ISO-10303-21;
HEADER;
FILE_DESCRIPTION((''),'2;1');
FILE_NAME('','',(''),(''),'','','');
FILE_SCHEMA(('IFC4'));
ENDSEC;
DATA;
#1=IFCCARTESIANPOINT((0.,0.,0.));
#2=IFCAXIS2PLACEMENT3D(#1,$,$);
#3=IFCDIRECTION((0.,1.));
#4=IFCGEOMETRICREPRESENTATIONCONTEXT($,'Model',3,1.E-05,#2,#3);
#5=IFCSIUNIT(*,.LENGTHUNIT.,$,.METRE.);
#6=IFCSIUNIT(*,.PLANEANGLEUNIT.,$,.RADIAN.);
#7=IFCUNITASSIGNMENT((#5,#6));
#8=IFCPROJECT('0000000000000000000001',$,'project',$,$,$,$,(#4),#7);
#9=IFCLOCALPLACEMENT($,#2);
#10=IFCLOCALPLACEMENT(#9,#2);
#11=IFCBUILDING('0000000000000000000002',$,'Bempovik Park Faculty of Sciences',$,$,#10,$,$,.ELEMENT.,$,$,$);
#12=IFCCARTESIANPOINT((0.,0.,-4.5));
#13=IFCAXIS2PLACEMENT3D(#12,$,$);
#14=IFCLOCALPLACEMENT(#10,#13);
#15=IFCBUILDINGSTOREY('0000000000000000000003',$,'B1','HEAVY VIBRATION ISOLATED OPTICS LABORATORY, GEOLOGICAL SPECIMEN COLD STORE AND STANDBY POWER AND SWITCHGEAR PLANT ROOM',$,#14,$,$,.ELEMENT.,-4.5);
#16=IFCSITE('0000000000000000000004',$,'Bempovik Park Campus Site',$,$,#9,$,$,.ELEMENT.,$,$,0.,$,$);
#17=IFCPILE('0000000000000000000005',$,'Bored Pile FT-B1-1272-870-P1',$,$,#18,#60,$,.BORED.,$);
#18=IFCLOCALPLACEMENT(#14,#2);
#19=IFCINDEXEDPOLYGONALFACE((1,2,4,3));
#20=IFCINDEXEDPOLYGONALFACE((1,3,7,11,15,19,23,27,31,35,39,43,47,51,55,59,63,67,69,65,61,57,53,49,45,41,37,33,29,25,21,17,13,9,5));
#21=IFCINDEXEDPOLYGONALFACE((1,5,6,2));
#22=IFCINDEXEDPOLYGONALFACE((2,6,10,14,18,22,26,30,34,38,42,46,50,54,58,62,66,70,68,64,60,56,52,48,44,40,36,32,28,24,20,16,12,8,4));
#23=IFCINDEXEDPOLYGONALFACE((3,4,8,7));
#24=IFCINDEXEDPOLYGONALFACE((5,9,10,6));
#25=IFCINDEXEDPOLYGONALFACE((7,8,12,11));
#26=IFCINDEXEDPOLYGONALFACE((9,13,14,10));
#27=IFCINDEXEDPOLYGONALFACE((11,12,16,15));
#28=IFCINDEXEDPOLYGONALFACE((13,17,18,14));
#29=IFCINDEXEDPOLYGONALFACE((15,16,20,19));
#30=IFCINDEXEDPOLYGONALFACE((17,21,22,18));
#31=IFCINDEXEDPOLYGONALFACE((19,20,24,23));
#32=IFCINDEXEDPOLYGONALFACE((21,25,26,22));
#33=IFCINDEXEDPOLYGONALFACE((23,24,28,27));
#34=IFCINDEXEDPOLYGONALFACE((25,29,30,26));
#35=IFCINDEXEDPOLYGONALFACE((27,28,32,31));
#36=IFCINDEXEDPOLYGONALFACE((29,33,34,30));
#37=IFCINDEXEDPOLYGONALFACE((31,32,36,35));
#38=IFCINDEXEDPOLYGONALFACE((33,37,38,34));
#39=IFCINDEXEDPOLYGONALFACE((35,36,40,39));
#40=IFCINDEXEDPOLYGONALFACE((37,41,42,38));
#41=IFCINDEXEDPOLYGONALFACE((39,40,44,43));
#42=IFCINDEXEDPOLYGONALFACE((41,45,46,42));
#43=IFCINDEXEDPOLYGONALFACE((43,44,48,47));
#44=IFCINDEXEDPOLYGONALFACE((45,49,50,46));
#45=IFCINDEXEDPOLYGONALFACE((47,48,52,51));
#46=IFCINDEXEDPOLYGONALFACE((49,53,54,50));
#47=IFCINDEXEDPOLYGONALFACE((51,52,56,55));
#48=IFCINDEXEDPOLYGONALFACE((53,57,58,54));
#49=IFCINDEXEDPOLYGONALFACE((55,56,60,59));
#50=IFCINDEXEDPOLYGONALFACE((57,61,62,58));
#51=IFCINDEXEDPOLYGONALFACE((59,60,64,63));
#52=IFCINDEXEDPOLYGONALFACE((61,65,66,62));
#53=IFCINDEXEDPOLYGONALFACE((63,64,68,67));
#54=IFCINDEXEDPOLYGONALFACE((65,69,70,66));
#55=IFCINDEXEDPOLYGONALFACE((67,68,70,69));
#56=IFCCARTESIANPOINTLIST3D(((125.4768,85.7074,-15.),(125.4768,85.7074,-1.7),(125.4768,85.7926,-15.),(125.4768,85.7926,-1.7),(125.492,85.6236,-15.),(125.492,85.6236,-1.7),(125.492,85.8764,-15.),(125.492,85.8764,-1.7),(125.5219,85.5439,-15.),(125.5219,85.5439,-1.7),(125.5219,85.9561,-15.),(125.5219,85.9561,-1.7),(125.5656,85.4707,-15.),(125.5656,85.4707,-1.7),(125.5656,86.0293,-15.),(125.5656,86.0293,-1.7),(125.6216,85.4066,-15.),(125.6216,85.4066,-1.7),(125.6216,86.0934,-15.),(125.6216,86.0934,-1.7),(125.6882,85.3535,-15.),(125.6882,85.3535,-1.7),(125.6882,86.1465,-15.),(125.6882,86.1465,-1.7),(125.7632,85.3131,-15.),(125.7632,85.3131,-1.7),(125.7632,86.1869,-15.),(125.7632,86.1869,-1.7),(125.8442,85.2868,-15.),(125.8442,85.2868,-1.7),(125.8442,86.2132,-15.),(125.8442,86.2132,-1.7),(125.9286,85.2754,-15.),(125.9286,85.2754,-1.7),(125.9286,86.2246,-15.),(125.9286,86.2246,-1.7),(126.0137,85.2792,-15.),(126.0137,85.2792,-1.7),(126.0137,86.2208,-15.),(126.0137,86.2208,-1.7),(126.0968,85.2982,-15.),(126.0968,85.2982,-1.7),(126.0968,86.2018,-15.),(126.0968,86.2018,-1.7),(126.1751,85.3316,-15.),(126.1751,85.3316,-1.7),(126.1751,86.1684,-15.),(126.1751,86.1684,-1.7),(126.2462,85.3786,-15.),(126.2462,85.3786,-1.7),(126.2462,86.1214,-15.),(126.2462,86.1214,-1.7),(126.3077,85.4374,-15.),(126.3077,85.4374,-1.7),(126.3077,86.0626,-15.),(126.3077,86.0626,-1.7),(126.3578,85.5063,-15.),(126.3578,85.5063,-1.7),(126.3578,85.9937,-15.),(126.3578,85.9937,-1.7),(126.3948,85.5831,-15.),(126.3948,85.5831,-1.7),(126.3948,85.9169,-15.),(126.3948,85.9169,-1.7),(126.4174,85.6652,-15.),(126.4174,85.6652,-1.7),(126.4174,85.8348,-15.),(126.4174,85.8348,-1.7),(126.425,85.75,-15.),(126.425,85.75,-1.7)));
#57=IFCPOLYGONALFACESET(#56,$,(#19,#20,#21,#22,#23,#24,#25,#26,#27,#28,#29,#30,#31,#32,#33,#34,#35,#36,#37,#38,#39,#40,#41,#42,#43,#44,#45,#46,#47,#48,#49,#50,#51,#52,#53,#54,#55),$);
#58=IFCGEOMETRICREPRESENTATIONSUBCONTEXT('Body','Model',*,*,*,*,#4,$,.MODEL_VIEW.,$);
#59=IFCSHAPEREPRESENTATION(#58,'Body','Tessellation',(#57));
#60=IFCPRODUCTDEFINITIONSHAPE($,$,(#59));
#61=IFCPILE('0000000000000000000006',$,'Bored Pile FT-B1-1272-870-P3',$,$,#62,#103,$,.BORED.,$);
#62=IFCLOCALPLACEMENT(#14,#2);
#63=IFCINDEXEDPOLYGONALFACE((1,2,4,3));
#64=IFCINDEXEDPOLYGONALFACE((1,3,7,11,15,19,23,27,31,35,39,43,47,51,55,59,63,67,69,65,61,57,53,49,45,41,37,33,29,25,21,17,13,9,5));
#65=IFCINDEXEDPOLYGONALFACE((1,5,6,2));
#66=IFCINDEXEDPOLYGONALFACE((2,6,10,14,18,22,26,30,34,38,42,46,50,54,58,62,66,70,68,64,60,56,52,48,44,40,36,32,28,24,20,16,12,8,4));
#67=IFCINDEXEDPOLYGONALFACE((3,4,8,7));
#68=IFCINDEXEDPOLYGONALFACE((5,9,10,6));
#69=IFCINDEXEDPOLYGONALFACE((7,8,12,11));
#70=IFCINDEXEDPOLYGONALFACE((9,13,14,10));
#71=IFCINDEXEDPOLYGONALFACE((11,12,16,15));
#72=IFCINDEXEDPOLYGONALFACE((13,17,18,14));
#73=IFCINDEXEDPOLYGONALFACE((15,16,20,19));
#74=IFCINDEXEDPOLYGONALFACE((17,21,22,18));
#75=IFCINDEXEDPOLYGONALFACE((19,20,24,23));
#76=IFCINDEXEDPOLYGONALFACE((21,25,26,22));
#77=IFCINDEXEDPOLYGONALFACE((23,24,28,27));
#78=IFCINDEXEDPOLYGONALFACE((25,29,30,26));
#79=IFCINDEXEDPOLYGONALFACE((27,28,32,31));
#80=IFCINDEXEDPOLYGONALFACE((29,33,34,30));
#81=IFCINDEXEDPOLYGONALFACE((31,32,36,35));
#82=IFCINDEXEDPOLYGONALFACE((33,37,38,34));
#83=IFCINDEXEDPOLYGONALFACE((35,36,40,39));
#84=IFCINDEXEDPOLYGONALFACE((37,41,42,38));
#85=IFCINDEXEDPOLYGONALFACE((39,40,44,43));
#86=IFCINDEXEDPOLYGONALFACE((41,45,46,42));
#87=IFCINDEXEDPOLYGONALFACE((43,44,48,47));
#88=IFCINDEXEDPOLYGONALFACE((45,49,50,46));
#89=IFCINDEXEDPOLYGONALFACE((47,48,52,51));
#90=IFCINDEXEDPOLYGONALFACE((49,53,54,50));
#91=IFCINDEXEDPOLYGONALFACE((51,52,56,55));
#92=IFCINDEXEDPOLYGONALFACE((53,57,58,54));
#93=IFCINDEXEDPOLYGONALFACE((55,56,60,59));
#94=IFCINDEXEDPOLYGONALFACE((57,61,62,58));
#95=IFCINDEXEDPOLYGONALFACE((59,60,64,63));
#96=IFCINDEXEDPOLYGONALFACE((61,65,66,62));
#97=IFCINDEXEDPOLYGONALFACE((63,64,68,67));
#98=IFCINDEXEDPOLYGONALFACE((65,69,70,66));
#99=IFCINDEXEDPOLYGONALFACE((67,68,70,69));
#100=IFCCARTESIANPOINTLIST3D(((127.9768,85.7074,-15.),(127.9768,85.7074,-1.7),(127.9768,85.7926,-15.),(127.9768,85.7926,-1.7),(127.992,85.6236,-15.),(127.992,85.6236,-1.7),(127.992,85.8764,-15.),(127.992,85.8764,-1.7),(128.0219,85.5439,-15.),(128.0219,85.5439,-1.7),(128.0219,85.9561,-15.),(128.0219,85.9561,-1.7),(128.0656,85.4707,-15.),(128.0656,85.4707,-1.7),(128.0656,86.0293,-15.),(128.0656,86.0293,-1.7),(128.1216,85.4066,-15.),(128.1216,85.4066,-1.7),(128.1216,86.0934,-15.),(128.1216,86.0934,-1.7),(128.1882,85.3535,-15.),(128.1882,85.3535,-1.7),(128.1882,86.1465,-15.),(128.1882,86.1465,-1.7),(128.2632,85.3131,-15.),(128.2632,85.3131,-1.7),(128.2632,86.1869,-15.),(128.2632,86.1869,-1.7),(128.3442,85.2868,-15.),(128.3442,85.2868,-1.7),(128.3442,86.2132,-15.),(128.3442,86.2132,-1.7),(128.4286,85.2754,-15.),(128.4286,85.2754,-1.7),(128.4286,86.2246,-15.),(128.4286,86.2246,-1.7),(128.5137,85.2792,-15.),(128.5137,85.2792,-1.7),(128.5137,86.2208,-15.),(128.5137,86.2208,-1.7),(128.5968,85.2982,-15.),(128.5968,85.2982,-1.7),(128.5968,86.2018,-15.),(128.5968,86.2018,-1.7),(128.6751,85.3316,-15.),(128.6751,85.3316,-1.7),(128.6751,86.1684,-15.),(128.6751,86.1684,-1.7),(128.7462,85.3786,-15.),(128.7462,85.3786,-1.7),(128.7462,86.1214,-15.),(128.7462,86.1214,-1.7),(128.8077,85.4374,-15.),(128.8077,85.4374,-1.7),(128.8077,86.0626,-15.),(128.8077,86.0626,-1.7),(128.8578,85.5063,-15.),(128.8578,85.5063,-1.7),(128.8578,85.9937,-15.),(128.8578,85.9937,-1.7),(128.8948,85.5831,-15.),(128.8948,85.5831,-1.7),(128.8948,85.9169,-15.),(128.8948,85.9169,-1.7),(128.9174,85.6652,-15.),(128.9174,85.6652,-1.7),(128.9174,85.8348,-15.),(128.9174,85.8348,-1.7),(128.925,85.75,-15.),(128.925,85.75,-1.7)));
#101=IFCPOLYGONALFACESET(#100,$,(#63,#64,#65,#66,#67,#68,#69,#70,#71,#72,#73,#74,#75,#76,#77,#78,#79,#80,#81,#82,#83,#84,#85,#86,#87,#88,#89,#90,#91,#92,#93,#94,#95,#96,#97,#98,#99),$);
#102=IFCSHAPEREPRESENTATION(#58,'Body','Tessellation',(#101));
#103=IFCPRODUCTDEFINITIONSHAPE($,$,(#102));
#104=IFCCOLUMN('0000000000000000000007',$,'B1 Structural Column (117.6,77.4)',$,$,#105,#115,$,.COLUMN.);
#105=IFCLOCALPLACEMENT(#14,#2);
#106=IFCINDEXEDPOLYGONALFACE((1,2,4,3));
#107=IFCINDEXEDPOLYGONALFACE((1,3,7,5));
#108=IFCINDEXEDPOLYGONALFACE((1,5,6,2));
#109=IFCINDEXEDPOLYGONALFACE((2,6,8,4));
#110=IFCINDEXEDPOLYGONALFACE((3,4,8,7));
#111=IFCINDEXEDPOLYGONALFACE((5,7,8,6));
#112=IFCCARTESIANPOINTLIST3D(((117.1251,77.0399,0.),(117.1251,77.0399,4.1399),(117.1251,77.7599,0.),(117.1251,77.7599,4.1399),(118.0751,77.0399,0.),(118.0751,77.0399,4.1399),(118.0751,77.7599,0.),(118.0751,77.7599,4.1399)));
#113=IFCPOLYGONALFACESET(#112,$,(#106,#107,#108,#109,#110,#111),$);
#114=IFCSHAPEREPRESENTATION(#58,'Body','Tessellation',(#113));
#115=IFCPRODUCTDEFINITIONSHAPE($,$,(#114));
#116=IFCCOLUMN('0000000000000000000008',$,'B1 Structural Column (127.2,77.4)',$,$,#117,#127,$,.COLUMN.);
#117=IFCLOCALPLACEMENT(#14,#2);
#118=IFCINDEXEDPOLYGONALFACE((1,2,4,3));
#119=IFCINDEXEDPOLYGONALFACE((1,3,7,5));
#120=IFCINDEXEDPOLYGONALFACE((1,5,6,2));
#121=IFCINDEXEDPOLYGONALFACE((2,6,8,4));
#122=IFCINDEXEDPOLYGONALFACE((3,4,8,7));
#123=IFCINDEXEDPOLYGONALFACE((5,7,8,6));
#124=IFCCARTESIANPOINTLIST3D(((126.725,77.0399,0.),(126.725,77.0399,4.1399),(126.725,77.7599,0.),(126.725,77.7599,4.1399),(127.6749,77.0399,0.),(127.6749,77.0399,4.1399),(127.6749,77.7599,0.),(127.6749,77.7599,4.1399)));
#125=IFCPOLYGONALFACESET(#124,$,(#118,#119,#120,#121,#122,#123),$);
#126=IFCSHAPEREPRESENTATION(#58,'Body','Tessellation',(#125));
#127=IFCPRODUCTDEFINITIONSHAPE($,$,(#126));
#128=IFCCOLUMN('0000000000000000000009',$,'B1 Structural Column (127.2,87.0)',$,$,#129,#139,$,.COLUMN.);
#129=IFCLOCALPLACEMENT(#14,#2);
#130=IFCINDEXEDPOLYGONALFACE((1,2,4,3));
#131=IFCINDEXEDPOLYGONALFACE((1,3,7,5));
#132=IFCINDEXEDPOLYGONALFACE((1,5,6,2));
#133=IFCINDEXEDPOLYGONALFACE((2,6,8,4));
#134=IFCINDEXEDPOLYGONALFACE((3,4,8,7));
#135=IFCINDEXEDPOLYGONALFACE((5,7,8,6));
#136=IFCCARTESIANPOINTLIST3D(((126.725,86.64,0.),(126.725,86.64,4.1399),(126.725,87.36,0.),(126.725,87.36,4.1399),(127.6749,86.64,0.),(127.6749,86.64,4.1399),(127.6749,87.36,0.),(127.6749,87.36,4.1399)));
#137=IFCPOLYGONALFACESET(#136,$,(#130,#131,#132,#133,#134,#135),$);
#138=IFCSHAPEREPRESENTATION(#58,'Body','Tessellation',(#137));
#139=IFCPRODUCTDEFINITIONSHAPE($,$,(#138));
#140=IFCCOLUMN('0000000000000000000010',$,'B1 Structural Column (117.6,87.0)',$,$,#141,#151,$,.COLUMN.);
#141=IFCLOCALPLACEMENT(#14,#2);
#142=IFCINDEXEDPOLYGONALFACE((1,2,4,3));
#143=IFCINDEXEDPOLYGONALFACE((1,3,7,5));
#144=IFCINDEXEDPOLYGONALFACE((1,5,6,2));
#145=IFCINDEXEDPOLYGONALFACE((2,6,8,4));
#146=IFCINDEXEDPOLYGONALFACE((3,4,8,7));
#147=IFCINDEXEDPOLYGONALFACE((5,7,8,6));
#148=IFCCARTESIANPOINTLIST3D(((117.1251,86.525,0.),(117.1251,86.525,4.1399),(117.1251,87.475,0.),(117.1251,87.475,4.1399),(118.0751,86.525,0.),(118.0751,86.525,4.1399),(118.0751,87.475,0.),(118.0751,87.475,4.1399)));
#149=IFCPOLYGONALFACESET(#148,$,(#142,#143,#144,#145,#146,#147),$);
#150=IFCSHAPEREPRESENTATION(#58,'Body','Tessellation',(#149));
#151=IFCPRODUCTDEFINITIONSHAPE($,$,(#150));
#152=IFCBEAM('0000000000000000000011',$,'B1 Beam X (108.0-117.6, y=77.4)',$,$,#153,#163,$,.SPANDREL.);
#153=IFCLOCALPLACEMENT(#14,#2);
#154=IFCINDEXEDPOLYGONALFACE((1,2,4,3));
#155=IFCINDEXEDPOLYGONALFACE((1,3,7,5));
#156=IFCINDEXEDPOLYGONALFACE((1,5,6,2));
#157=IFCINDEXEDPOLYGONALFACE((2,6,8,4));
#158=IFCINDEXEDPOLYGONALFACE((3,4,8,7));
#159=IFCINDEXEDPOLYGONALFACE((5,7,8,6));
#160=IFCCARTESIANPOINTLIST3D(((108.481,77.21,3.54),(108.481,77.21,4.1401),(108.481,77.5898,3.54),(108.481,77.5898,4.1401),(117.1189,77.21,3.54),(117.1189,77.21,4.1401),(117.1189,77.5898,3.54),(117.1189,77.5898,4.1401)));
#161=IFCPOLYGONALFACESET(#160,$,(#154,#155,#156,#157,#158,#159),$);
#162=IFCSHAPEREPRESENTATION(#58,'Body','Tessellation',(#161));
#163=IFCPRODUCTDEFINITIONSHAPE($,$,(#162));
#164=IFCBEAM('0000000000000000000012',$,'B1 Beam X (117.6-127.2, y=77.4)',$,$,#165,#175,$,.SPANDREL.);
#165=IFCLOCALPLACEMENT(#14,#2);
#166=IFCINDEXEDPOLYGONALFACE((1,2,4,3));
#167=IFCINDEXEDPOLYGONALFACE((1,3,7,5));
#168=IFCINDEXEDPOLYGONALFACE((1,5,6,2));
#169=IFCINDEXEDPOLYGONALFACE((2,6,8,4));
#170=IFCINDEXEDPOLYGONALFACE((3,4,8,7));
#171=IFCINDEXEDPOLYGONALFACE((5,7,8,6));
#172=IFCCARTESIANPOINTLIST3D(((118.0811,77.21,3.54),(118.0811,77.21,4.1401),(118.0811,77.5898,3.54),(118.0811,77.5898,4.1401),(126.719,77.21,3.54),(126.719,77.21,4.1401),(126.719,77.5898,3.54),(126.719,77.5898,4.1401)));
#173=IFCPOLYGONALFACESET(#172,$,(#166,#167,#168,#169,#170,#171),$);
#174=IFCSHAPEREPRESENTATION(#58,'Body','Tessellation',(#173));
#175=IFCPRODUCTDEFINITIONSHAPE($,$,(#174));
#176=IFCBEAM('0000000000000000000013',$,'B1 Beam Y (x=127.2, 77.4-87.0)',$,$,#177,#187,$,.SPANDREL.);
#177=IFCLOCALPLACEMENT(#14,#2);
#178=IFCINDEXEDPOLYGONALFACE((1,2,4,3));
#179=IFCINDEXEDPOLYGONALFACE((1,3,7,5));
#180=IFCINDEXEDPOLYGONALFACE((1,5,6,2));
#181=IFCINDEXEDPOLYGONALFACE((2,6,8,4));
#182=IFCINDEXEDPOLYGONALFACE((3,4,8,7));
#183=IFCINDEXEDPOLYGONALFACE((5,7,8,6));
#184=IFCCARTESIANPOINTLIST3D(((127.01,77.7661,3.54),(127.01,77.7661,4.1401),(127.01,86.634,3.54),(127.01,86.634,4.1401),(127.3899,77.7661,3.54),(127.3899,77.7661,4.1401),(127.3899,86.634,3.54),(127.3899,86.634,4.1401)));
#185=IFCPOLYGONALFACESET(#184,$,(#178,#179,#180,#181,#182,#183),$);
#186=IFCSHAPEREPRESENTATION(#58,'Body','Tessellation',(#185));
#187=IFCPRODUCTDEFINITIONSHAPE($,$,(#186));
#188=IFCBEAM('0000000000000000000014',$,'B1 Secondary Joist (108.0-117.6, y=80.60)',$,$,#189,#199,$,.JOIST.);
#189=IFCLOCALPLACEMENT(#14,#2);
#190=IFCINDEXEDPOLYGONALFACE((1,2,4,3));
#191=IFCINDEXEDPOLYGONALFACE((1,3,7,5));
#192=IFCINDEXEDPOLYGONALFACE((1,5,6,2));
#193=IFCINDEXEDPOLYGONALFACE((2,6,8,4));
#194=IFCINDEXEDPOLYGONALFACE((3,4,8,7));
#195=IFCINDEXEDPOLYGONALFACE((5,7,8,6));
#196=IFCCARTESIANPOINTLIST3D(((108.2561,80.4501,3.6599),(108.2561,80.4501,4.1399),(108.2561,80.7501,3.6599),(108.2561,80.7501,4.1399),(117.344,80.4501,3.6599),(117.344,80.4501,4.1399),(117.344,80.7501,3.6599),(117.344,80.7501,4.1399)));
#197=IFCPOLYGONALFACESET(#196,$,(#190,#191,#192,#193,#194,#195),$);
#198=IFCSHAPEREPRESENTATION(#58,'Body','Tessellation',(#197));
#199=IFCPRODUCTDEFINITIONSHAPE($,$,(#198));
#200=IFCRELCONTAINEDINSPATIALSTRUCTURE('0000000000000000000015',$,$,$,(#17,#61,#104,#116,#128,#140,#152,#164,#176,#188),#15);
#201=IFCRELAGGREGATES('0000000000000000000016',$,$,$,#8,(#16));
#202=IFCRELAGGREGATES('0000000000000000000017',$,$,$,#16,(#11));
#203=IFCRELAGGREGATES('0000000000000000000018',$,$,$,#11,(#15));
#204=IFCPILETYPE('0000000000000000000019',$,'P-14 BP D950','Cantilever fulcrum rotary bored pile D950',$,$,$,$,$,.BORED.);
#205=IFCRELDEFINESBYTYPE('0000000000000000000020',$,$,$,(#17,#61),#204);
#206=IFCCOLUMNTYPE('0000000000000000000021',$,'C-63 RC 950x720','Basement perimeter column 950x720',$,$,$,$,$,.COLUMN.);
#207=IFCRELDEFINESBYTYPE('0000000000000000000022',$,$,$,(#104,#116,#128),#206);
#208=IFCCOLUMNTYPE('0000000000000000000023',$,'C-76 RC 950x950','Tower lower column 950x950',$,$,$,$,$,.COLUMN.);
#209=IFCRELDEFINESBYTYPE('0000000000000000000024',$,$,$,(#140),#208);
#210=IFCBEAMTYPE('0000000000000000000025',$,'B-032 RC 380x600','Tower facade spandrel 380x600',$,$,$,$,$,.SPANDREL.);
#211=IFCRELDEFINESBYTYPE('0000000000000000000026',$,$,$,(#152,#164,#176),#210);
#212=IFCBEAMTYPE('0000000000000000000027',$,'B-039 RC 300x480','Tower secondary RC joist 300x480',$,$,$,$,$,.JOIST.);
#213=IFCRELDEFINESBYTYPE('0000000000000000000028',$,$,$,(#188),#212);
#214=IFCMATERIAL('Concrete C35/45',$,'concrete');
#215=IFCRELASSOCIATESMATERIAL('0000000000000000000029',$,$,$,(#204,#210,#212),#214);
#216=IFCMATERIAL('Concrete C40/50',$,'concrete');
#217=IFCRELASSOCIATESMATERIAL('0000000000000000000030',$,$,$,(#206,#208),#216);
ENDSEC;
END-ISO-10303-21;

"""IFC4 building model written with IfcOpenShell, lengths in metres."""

from ifc_helpers import new_model, si_unit, direction, frame, origin, origin_2d, place, context, subcontext, project, spatial, rectangle, circle, extrude, material, material_profile, profile_set, type_object, element, save


model = new_model("IFC4")

# Units and contexts
model_context = context("Model", 3, precision=1e-05, world=origin(), true_north=direction((0.0, 1.0)))
body_context = subcontext(model_context, "Body", "Model", "MODEL_VIEW")
ifc_project = project(units=[si_unit("LENGTHUNIT", "METRE"), si_unit("PLANEANGLEUNIT", "RADIAN")], contexts=[model_context])

# Site, building, storey
site_placement = place(None, origin())
site = spatial("IfcSite", under=ifc_project, at=site_placement, Name="Bempovik Park Campus Site", CompositionType="ELEMENT", RefElevation=0.0)
building_placement = place(site_placement, origin())
building = spatial("IfcBuilding", under=site, at=building_placement, Name="Bempovik Park Faculty of Sciences", CompositionType="ELEMENT")
storey_placement = place(building_placement, frame((0.0, 0.0, -4.5)))
storey = spatial("IfcBuildingStorey", under=building, at=storey_placement, Name="B1", Description="HEAVY VIBRATION ISOLATED OPTICS LABORATORY, GEOLOGICAL SPECIMEN COLD STORE AND STANDBY POWER AND SWITCHGEAR PLANT ROOM", CompositionType="ELEMENT", Elevation=-4.5)

# Shared definitions
ifc_material_1 = material(Name="Concrete C35/45", Category="concrete")

# Piles
ifc_material_profile_1 = material_profile(ifc_material_1, circle(Radius=0.4751, at=origin_2d()), Name="BP D950")
ifc_profile_set_1 = profile_set([ifc_material_profile_1], Name="Concrete C35/45")
pile_type_1 = type_object("IfcPileType", Name="P-14 BP D950", Description="Cantilever fulcrum rotary bored pile D950", PredefinedType="BORED", material=ifc_profile_set_1)
for number, where, z_axis, x_axis, name in (
    (1, (125.95, 85.75, -1.7), (0.0, 0.0, -1.0), (1.0, 0.0, 0.0), "Bored Pile FT-B1-1272-870-P1"),
    (2, (128.45, 85.75, -1.7), (0.0, 0.0, -1.0), (1.0, 0.0, 0.0), "Bored Pile FT-B1-1272-870-P3"),
):
    element("IfcPile", number, at=place(storey_placement, frame(where, z_axis=z_axis, x_axis=x_axis)), inside=storey, type_object=pile_type_1, Name=name, PredefinedType="BORED", context=body_context, shape_type="SweptSolid", body=[
        extrude(circle(Radius=0.4751, at=origin_2d()), origin(), (0.0, 0.0, 1.0), 13.3),
    ])

# Columns
ifc_material_2 = material(Name="Concrete C40/50", Category="concrete")
ifc_material_profile_2 = material_profile(ifc_material_2, rectangle(XDim=0.95, YDim=0.72, at=origin_2d()), Name="RC 950x720")
ifc_profile_set_2 = profile_set([ifc_material_profile_2], Name="Concrete C40/50")
column_type_1 = type_object("IfcColumnType", Name="C-63 RC 950x720", Description="Basement perimeter column 950x720", PredefinedType="COLUMN", material=ifc_profile_set_2)
for number, where, z_axis, x_axis, name in (
    (3, (117.6001, 77.3999, 0.0), (0.0, 0.0, 1.0), (1.0, 0.0, 0.0), "B1 Structural Column (117.6,77.4)"),
    (4, (127.2, 77.3999, 0.0), (0.0, 0.0, 1.0), (1.0, 0.0, 0.0), "B1 Structural Column (127.2,77.4)"),
    (5, (127.2, 87.0, 0.0), (0.0, 0.0, 1.0), (1.0, 0.0, 0.0), "B1 Structural Column (127.2,87.0)"),
):
    element("IfcColumn", number, at=place(storey_placement, frame(where, z_axis=z_axis, x_axis=x_axis)), inside=storey, type_object=column_type_1, Name=name, PredefinedType="COLUMN", context=body_context, shape_type="SweptSolid", body=[
        extrude(rectangle(XDim=0.95, YDim=0.72, at=origin_2d()), origin(), (0.0, 0.0, 1.0), 4.1399),
    ])
ifc_material_profile_3 = material_profile(ifc_material_2, rectangle(XDim=0.95, YDim=0.95, at=origin_2d()), Name="RC 950x950")
ifc_profile_set_3 = profile_set([ifc_material_profile_3], Name="Concrete C40/50")
column_type_2 = type_object("IfcColumnType", Name="C-76 RC 950x950", Description="Tower lower column 950x950", PredefinedType="COLUMN", material=ifc_profile_set_3)
column_placement = place(storey_placement, frame((117.6001, 87.0, 0.0), z_axis=(0.0, 0.0, 1.0), x_axis=(1.0, 0.0, 0.0)))
element("IfcColumn", 6, at=column_placement, inside=storey, type_object=column_type_2, Name="B1 Structural Column (117.6,87.0)", PredefinedType="COLUMN", context=body_context, shape_type="SweptSolid", body=[
    extrude(rectangle(XDim=0.95, YDim=0.95, at=origin_2d()), origin(), (0.0, 0.0, 1.0), 4.1399),
])

# Beams
ifc_material_profile_4 = material_profile(ifc_material_1, rectangle(XDim=0.3799, YDim=0.6001, at=origin_2d()), Name="RC 380x600")
ifc_profile_set_4 = profile_set([ifc_material_profile_4], Name="Concrete C35/45")
beam_type_1 = type_object("IfcBeamType", Name="B-032 RC 380x600", Description="Tower facade spandrel 380x600", PredefinedType="SPANDREL", material=ifc_profile_set_4)
for number, where, z_axis, x_axis, name in (
    (7, (108.481, 77.3999, 3.8401), (1.0, 0.0, 0.0), (0.0, 1.0, 0.0), "B1 Beam X (108.0-117.6, y=77.4)"),
    (8, (118.0811, 77.3999, 3.8401), (1.0, 0.0, 0.0), (0.0, 1.0, 0.0), "B1 Beam X (117.6-127.2, y=77.4)"),
):
    element("IfcBeam", number, at=place(storey_placement, frame(where, z_axis=z_axis, x_axis=x_axis)), inside=storey, type_object=beam_type_1, Name=name, PredefinedType="SPANDREL", context=body_context, shape_type="SweptSolid", body=[
        extrude(rectangle(XDim=0.3799, YDim=0.6001, at=origin_2d()), origin(), (0.0, 0.0, 1.0), 8.6379),
    ])
beam_1_placement = place(storey_placement, frame((127.2, 77.7661, 3.8401), z_axis=(0.0, 1.0, 0.0), x_axis=(-1.0, 0.0, 0.0)))
element("IfcBeam", 9, at=beam_1_placement, inside=storey, type_object=beam_type_1, Name="B1 Beam Y (x=127.2, 77.4-87.0)", PredefinedType="SPANDREL", context=body_context, shape_type="SweptSolid", body=[
    extrude(rectangle(XDim=0.3799, YDim=0.6001, at=origin_2d()), origin(), (0.0, 0.0, 1.0), 8.8679),
])
ifc_material_profile_5 = material_profile(ifc_material_1, rectangle(XDim=0.3, YDim=0.48, at=origin_2d()), Name="RC 300x480")
ifc_profile_set_5 = profile_set([ifc_material_profile_5], Name="Concrete C35/45")
beam_type_2 = type_object("IfcBeamType", Name="B-039 RC 300x480", Description="Tower secondary RC joist 300x480", PredefinedType="JOIST", material=ifc_profile_set_5)
for number, where, z_axis, x_axis, name in (
    (10, (108.2561, 80.6001, 3.8999), (1.0, 0.0, 0.0), (0.0, 1.0, 0.0), "B1 Secondary Joist (108.0-117.6, y=80.60)"),
):
    element("IfcBeam", number, at=place(storey_placement, frame(where, z_axis=z_axis, x_axis=x_axis)), inside=storey, type_object=beam_type_2, Name=name, PredefinedType="JOIST", context=body_context, shape_type="SweptSolid", body=[
        extrude(rectangle(XDim=0.3, YDim=0.48, at=origin_2d()), origin(), (0.0, 0.0, 1.0), 9.0879),
    ])

save(model, "model.ifc")
